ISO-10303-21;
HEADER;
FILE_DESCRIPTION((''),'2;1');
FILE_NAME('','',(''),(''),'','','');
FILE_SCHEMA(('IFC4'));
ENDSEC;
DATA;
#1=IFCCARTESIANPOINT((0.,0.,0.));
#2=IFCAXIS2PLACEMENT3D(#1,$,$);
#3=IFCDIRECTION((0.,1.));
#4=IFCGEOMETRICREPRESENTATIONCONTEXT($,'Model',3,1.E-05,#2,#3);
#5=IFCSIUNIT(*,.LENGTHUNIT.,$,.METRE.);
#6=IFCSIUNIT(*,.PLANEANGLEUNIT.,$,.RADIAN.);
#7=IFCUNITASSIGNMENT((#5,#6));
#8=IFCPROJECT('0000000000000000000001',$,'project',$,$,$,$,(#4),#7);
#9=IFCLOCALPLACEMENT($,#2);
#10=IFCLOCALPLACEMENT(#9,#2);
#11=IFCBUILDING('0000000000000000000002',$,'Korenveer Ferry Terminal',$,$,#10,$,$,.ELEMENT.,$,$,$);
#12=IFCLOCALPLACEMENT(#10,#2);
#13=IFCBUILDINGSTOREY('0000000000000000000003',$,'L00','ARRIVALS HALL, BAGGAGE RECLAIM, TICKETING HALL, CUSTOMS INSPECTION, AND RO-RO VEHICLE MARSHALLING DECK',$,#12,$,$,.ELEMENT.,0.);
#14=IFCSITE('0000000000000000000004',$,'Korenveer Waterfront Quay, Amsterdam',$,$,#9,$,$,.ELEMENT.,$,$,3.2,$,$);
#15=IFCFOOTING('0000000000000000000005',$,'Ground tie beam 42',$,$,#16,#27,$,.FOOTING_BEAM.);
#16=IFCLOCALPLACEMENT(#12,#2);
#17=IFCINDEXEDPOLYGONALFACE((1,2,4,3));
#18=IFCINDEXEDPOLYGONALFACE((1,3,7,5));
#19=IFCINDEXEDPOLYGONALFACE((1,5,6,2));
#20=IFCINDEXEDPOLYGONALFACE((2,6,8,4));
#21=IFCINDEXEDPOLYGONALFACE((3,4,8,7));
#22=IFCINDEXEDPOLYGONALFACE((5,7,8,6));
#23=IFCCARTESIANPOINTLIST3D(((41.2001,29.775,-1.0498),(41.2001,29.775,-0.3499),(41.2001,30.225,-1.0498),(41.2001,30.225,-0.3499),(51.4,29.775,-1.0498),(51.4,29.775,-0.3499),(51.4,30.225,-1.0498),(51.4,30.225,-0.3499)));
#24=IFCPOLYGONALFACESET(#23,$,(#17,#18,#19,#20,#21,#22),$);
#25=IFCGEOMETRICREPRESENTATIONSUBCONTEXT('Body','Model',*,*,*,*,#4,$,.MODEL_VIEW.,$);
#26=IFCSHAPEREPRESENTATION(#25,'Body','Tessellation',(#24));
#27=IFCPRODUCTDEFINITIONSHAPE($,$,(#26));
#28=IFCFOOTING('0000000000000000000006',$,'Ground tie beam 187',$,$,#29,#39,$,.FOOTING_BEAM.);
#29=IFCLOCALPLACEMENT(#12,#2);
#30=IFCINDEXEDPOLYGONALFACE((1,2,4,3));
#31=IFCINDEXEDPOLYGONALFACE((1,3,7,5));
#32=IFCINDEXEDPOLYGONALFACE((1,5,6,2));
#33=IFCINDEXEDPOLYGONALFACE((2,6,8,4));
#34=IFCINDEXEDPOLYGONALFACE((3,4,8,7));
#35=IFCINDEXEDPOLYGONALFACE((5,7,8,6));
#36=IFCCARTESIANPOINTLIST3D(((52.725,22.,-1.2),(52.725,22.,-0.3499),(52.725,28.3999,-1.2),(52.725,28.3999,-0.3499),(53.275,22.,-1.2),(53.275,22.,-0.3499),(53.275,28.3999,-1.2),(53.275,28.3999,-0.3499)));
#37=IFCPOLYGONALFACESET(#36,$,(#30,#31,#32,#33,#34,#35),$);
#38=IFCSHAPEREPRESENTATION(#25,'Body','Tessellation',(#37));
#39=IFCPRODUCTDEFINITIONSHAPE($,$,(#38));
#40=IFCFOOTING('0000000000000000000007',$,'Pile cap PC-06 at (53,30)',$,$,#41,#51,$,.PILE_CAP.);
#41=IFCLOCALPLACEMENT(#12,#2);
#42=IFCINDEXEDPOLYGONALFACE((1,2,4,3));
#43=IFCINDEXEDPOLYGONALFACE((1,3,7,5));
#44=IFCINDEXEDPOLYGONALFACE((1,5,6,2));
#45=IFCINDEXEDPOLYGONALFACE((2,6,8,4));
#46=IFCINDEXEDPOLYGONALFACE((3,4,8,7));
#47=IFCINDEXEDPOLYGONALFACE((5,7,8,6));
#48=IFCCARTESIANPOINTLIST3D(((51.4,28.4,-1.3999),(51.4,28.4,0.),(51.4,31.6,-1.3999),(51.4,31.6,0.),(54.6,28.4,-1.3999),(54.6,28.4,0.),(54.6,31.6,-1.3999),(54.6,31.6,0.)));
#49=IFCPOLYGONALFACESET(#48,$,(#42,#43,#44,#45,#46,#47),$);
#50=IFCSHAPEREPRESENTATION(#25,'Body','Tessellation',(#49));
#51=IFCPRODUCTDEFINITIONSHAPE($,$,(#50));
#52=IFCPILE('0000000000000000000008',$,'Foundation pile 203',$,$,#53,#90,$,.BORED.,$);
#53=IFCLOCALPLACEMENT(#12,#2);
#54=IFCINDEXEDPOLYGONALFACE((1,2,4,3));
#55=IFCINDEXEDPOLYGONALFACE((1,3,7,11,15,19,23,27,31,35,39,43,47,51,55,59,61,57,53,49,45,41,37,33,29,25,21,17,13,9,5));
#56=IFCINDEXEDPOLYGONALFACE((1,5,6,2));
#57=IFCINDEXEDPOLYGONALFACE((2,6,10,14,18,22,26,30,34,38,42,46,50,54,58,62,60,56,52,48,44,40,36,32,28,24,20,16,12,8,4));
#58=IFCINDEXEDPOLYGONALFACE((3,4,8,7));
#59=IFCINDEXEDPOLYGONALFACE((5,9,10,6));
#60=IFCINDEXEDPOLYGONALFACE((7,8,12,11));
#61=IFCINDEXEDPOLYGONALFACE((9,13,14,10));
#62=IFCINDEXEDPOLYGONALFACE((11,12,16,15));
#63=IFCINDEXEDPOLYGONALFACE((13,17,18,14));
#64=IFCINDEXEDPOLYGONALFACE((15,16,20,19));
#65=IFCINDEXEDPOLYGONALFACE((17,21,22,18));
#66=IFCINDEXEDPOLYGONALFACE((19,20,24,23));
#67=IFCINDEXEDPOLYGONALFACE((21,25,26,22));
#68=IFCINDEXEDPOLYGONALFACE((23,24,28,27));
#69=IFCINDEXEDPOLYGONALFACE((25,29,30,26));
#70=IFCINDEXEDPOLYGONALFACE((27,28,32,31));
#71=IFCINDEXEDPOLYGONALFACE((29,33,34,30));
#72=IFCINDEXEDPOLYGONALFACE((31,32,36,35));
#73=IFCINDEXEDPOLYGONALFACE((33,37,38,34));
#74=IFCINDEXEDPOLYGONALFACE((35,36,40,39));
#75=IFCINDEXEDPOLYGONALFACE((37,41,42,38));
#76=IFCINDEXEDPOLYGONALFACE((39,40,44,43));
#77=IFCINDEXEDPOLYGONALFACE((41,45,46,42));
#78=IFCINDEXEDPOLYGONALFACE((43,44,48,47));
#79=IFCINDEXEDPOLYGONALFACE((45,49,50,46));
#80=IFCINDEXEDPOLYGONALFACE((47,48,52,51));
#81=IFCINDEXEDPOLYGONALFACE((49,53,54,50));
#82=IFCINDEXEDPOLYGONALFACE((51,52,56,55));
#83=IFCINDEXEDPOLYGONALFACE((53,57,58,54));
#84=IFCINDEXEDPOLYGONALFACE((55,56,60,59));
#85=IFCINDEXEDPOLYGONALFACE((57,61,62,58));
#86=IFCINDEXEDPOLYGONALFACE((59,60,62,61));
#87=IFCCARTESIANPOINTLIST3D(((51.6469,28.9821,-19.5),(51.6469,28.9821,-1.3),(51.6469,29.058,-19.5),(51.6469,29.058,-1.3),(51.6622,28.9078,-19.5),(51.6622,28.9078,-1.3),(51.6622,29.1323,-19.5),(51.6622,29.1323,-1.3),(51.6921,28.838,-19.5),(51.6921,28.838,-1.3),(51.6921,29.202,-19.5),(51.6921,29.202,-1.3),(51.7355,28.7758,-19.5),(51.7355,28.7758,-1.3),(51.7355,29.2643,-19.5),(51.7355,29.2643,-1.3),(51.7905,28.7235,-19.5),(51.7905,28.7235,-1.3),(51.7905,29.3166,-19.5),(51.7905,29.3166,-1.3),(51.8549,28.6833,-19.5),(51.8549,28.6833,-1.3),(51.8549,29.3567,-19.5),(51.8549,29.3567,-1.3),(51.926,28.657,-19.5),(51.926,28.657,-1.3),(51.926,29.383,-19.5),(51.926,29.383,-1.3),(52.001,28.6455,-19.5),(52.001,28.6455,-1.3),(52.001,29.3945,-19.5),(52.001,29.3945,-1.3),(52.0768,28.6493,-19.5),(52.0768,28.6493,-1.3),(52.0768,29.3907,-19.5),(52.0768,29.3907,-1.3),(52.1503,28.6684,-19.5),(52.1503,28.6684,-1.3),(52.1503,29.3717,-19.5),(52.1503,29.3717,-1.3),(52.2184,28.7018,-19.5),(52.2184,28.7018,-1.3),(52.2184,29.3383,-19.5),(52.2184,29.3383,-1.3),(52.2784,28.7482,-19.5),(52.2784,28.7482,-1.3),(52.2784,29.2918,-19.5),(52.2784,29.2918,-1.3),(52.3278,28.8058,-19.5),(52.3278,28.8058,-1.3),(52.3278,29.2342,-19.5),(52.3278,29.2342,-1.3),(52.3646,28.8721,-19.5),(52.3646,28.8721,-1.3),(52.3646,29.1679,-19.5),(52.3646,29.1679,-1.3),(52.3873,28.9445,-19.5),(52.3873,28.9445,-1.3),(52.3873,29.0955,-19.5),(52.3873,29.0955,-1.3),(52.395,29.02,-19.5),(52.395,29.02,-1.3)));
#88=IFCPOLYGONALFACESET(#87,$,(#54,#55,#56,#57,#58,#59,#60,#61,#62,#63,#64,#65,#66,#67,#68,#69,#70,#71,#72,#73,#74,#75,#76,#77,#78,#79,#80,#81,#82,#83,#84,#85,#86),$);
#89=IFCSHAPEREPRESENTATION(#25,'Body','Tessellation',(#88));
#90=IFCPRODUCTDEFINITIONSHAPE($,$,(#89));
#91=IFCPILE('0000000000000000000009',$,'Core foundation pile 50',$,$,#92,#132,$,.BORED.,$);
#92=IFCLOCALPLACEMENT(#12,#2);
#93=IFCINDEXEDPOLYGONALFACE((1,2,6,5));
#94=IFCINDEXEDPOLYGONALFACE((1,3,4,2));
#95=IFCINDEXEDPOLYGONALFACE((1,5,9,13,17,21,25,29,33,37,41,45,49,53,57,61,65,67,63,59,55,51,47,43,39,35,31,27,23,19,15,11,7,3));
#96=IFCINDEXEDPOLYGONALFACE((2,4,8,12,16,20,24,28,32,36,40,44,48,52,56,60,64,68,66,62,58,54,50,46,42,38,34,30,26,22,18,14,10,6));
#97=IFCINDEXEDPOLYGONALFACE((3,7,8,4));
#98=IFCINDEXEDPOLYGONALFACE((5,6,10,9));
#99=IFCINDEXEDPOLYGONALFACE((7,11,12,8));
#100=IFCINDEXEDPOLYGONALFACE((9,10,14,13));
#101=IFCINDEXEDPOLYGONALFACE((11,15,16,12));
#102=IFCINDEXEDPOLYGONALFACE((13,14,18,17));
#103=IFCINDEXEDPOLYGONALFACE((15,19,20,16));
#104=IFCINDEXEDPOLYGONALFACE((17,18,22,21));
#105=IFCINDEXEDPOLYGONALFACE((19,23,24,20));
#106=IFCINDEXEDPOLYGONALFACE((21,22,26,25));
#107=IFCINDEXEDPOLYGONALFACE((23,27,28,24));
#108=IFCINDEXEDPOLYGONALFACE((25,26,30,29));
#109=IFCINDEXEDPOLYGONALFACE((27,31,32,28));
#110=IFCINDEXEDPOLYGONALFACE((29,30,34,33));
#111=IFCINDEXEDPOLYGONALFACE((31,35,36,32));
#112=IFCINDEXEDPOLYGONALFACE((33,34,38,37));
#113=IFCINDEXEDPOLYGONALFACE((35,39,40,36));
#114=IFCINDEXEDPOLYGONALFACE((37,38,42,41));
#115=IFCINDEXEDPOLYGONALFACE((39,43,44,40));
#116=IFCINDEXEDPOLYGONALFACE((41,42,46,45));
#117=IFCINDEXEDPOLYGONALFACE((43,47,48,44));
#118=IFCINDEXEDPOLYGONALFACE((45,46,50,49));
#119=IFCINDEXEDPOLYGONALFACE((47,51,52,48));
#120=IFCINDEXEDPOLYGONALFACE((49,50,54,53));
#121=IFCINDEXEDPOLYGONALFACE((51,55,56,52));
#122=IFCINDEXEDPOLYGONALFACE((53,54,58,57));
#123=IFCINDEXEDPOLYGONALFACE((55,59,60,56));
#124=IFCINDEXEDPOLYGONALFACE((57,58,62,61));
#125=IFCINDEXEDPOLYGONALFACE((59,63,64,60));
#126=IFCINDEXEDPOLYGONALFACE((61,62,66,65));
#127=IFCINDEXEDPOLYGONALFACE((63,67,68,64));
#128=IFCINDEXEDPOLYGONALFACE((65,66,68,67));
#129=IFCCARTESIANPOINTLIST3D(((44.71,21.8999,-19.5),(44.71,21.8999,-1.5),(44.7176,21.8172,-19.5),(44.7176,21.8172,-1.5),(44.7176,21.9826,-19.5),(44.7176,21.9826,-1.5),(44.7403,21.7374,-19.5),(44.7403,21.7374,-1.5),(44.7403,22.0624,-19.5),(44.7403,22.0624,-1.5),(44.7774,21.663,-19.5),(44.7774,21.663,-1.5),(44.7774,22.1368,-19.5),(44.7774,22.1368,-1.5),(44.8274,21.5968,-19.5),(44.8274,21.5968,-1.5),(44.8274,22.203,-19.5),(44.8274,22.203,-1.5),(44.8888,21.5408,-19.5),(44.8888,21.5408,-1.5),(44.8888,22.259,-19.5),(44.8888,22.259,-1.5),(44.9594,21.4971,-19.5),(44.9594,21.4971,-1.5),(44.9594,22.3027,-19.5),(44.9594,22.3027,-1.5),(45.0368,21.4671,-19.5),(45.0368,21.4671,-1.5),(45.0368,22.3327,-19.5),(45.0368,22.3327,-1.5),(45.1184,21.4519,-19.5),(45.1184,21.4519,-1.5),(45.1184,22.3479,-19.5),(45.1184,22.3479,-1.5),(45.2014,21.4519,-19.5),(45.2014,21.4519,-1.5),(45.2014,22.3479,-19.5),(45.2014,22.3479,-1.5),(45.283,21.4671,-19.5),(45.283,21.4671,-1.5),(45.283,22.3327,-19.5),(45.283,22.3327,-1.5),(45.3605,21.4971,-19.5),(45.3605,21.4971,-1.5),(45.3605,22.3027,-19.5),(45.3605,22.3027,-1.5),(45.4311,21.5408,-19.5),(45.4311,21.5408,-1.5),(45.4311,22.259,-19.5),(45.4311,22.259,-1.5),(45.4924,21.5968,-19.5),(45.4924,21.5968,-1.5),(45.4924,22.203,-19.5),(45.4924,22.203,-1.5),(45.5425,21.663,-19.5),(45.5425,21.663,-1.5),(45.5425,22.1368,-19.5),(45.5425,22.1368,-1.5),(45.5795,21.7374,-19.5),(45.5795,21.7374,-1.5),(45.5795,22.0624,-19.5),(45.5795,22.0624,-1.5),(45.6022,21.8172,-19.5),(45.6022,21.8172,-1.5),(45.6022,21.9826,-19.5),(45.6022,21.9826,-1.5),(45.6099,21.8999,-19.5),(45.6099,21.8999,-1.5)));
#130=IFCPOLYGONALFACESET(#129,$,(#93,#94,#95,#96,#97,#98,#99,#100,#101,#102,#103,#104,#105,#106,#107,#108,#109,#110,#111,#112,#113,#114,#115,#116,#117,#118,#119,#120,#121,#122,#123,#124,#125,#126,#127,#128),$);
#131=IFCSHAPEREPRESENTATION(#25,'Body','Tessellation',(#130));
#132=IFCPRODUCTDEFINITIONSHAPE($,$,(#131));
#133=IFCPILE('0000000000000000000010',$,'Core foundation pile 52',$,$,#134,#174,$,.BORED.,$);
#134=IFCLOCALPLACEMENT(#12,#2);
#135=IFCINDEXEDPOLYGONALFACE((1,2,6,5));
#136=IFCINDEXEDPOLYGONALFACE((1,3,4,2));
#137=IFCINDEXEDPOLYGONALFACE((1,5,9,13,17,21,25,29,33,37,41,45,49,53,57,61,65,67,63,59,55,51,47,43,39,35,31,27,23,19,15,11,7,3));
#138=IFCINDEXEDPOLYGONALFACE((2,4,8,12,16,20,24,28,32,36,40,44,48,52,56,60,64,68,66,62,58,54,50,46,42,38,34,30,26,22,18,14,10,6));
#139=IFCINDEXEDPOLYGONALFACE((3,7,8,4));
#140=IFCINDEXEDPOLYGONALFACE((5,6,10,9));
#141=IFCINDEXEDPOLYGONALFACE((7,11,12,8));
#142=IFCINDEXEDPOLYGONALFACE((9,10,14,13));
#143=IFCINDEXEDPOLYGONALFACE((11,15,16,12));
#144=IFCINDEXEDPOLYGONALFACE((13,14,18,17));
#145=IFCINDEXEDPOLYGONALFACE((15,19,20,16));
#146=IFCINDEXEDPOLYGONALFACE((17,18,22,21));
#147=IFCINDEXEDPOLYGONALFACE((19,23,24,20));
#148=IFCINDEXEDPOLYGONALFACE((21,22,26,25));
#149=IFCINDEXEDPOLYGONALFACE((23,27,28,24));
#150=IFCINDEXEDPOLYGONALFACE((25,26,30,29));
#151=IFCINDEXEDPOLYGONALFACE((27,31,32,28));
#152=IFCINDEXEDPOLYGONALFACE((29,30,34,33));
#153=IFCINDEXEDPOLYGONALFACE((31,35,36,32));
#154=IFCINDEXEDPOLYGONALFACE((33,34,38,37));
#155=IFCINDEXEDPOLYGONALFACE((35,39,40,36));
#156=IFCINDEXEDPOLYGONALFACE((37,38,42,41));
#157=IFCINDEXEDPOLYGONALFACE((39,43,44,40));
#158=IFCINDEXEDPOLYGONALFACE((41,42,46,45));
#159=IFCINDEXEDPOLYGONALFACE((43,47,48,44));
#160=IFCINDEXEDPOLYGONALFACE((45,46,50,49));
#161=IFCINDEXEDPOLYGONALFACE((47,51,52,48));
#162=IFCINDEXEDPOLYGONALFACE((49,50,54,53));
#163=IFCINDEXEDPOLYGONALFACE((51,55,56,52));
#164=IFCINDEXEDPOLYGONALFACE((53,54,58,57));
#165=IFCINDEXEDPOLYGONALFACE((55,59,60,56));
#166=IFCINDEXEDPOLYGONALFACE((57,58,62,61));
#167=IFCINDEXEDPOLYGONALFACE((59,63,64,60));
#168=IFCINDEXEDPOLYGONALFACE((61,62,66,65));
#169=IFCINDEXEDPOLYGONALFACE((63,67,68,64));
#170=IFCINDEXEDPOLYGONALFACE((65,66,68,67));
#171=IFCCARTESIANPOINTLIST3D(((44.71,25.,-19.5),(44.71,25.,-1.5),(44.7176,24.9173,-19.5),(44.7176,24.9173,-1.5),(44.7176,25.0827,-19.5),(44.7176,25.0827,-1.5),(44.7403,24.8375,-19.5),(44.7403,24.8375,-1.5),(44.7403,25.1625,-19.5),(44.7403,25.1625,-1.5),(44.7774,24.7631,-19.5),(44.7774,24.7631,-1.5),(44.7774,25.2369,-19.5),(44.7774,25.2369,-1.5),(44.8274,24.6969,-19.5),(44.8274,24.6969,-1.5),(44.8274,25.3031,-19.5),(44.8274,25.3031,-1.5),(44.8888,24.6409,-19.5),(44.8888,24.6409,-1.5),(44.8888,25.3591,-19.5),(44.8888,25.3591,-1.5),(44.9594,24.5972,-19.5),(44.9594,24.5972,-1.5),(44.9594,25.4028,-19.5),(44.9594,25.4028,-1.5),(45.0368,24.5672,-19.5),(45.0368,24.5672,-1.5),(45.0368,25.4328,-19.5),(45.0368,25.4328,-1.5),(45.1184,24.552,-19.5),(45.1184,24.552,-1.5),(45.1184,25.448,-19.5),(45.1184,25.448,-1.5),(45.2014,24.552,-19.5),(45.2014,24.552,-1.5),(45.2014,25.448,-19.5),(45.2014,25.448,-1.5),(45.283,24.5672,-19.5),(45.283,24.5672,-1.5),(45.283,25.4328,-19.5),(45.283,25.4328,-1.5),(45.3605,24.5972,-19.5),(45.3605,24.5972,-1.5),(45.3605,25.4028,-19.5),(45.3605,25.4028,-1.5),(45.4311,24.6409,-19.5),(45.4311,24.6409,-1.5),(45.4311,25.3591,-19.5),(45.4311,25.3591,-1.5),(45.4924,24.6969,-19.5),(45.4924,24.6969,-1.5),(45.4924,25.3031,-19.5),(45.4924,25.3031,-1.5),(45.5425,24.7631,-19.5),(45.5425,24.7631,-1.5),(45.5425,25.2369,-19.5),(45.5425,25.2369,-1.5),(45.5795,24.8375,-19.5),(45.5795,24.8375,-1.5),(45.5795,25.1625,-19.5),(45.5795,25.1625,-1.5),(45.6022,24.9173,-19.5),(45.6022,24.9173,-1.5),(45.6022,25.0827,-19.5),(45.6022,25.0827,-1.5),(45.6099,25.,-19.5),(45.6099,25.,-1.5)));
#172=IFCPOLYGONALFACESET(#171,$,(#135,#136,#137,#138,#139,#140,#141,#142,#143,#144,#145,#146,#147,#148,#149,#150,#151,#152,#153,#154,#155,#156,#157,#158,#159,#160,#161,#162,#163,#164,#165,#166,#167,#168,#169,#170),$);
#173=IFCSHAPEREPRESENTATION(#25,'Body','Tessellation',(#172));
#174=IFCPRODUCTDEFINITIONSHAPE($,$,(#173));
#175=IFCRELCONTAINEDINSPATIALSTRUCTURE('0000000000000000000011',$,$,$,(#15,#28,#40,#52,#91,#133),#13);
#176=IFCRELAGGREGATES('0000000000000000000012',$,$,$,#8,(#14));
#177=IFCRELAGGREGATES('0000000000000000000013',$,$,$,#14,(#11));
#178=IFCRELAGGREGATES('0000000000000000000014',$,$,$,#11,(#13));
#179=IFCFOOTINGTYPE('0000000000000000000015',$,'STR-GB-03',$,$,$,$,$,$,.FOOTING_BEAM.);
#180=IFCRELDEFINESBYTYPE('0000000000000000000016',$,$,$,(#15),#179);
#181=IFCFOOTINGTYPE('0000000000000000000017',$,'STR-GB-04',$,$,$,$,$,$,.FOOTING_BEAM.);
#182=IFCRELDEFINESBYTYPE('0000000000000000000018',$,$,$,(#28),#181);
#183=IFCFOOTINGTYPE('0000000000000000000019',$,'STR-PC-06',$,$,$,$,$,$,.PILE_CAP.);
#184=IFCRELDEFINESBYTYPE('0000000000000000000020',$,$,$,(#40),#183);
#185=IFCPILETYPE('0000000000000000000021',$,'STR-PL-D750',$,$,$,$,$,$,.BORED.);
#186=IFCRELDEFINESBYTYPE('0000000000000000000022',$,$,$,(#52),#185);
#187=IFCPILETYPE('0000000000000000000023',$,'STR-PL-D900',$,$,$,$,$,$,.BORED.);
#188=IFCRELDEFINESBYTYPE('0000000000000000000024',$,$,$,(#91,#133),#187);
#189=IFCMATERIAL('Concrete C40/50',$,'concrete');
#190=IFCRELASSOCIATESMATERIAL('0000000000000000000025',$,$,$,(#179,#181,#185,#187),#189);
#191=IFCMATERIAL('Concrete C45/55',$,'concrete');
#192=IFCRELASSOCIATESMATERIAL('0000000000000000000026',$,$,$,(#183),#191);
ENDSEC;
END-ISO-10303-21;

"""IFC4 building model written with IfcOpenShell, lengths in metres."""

from ifc_helpers import new_model, si_unit, direction, frame, origin, origin_2d, place, context, subcontext, project, spatial, rectangle, circle, extrude, material, material_profile, profile_set, type_object, element, save


model = new_model("IFC4")

# Units and contexts
model_context = context("Model", 3, precision=1e-05, world=origin(), true_north=direction((0.0, 1.0)))
body_context = subcontext(model_context, "Body", "Model", "MODEL_VIEW")
ifc_project = project(units=[si_unit("LENGTHUNIT", "METRE"), si_unit("PLANEANGLEUNIT", "RADIAN")], contexts=[model_context])

# Site, building, storey
site_placement = place(None, origin())
site = spatial("IfcSite", under=ifc_project, at=site_placement, Name="Korenveer Waterfront Quay, Amsterdam", CompositionType="ELEMENT", RefElevation=3.2)
building_placement = place(site_placement, origin())
building = spatial("IfcBuilding", under=site, at=building_placement, Name="Korenveer Ferry Terminal", CompositionType="ELEMENT")
storey_placement = place(building_placement, origin())
storey = spatial("IfcBuildingStorey", under=building, at=storey_placement, Name="L00", Description="ARRIVALS HALL, BAGGAGE RECLAIM, TICKETING HALL, CUSTOMS INSPECTION, AND RO-RO VEHICLE MARSHALLING DECK", CompositionType="ELEMENT", Elevation=0.0)

# Footings
ifc_material_1 = material(Name="Concrete C40/50", Category="concrete")
footing_type_1 = type_object("IfcFootingType", Name="STR-GB-03", PredefinedType="FOOTING_BEAM", material=ifc_material_1)
footing_1_placement = place(storey_placement, frame((46.3, 30.0, -1.0498), z_axis=(0.0, 0.0, 1.0), x_axis=(1.0, 0.0, 0.0)))
element("IfcFooting", 1, at=footing_1_placement, inside=storey, type_object=footing_type_1, Name="Ground tie beam 42", PredefinedType="FOOTING_BEAM", context=body_context, shape_type="SweptSolid", body=[
    extrude(rectangle(XDim=10.2, YDim=0.45, at=origin_2d()), origin(), (0.0, 0.0, 1.0), 0.7),
])
footing_type_2 = type_object("IfcFootingType", Name="STR-GB-04", PredefinedType="FOOTING_BEAM", material=ifc_material_1)
footing_2_placement = place(storey_placement, frame((53.0, 25.2, -1.2), z_axis=(0.0, 0.0, 1.0), x_axis=(1.0, 0.0, 0.0)))
element("IfcFooting", 2, at=footing_2_placement, inside=storey, type_object=footing_type_2, Name="Ground tie beam 187", PredefinedType="FOOTING_BEAM", context=body_context, shape_type="SweptSolid", body=[
    extrude(rectangle(XDim=0.55, YDim=6.3999, at=origin_2d()), origin(), (0.0, 0.0, 1.0), 0.8501),
])
ifc_material_2 = material(Name="Concrete C45/55", Category="concrete")
footing_type_3 = type_object("IfcFootingType", Name="STR-PC-06", PredefinedType="PILE_CAP", material=ifc_material_2)
footing_3_placement = place(storey_placement, frame((53.0, 30.0, -1.3999), z_axis=(0.0, 0.0, 1.0), x_axis=(1.0, 0.0, 0.0)))
element("IfcFooting", 3, at=footing_3_placement, inside=storey, type_object=footing_type_3, Name="Pile cap PC-06 at (53,30)", PredefinedType="PILE_CAP", context=body_context, shape_type="SweptSolid", body=[
    extrude(rectangle(XDim=3.2, YDim=3.2, at=origin_2d()), origin(), (0.0, 0.0, 1.0), 1.3999),
])

# Piles
ifc_material_profile_1 = material_profile(ifc_material_1, circle(Radius=0.375, at=origin_2d()), Name="PILE D750")
ifc_profile_set_1 = profile_set([ifc_material_profile_1], Name="Concrete C40/50")
pile_type_1 = type_object("IfcPileType", Name="STR-PL-D750", PredefinedType="BORED", material=ifc_profile_set_1)
pile_1_placement = place(storey_placement, frame((52.02, 29.02, -1.3), z_axis=(0.0, 0.0, -1.0), x_axis=(1.0, 0.0, 0.0)))
element("IfcPile", 4, at=pile_1_placement, inside=storey, type_object=pile_type_1, Name="Foundation pile 203", PredefinedType="BORED", context=body_context, shape_type="SweptSolid", body=[
    extrude(circle(Radius=0.375, at=origin_2d()), origin(), (0.0, 0.0, 1.0), 18.2),
])
ifc_material_profile_2 = material_profile(ifc_material_1, circle(Radius=0.45, at=origin_2d()), Name="PILE D900")
ifc_profile_set_2 = profile_set([ifc_material_profile_2], Name="Concrete C40/50")
pile_type_2 = type_object("IfcPileType", Name="STR-PL-D900", PredefinedType="BORED", material=ifc_profile_set_2)
for number, where, z_axis, x_axis, name in (
    (5, (45.1599, 21.8999, -1.5), (0.0, 0.0, -1.0), (1.0, 0.0, 0.0), "Core foundation pile 50"),
    (6, (45.1599, 25.0, -1.5), (0.0, 0.0, -1.0), (1.0, 0.0, 0.0), "Core foundation pile 52"),
):
    element("IfcPile", number, at=place(storey_placement, frame(where, z_axis=z_axis, x_axis=x_axis)), inside=storey, type_object=pile_type_2, Name=name, PredefinedType="BORED", context=body_context, shape_type="SweptSolid", body=[
        extrude(circle(Radius=0.45, at=origin_2d()), origin(), (0.0, 0.0, 1.0), 18.0),
    ])

save(model, "model.ifc")
